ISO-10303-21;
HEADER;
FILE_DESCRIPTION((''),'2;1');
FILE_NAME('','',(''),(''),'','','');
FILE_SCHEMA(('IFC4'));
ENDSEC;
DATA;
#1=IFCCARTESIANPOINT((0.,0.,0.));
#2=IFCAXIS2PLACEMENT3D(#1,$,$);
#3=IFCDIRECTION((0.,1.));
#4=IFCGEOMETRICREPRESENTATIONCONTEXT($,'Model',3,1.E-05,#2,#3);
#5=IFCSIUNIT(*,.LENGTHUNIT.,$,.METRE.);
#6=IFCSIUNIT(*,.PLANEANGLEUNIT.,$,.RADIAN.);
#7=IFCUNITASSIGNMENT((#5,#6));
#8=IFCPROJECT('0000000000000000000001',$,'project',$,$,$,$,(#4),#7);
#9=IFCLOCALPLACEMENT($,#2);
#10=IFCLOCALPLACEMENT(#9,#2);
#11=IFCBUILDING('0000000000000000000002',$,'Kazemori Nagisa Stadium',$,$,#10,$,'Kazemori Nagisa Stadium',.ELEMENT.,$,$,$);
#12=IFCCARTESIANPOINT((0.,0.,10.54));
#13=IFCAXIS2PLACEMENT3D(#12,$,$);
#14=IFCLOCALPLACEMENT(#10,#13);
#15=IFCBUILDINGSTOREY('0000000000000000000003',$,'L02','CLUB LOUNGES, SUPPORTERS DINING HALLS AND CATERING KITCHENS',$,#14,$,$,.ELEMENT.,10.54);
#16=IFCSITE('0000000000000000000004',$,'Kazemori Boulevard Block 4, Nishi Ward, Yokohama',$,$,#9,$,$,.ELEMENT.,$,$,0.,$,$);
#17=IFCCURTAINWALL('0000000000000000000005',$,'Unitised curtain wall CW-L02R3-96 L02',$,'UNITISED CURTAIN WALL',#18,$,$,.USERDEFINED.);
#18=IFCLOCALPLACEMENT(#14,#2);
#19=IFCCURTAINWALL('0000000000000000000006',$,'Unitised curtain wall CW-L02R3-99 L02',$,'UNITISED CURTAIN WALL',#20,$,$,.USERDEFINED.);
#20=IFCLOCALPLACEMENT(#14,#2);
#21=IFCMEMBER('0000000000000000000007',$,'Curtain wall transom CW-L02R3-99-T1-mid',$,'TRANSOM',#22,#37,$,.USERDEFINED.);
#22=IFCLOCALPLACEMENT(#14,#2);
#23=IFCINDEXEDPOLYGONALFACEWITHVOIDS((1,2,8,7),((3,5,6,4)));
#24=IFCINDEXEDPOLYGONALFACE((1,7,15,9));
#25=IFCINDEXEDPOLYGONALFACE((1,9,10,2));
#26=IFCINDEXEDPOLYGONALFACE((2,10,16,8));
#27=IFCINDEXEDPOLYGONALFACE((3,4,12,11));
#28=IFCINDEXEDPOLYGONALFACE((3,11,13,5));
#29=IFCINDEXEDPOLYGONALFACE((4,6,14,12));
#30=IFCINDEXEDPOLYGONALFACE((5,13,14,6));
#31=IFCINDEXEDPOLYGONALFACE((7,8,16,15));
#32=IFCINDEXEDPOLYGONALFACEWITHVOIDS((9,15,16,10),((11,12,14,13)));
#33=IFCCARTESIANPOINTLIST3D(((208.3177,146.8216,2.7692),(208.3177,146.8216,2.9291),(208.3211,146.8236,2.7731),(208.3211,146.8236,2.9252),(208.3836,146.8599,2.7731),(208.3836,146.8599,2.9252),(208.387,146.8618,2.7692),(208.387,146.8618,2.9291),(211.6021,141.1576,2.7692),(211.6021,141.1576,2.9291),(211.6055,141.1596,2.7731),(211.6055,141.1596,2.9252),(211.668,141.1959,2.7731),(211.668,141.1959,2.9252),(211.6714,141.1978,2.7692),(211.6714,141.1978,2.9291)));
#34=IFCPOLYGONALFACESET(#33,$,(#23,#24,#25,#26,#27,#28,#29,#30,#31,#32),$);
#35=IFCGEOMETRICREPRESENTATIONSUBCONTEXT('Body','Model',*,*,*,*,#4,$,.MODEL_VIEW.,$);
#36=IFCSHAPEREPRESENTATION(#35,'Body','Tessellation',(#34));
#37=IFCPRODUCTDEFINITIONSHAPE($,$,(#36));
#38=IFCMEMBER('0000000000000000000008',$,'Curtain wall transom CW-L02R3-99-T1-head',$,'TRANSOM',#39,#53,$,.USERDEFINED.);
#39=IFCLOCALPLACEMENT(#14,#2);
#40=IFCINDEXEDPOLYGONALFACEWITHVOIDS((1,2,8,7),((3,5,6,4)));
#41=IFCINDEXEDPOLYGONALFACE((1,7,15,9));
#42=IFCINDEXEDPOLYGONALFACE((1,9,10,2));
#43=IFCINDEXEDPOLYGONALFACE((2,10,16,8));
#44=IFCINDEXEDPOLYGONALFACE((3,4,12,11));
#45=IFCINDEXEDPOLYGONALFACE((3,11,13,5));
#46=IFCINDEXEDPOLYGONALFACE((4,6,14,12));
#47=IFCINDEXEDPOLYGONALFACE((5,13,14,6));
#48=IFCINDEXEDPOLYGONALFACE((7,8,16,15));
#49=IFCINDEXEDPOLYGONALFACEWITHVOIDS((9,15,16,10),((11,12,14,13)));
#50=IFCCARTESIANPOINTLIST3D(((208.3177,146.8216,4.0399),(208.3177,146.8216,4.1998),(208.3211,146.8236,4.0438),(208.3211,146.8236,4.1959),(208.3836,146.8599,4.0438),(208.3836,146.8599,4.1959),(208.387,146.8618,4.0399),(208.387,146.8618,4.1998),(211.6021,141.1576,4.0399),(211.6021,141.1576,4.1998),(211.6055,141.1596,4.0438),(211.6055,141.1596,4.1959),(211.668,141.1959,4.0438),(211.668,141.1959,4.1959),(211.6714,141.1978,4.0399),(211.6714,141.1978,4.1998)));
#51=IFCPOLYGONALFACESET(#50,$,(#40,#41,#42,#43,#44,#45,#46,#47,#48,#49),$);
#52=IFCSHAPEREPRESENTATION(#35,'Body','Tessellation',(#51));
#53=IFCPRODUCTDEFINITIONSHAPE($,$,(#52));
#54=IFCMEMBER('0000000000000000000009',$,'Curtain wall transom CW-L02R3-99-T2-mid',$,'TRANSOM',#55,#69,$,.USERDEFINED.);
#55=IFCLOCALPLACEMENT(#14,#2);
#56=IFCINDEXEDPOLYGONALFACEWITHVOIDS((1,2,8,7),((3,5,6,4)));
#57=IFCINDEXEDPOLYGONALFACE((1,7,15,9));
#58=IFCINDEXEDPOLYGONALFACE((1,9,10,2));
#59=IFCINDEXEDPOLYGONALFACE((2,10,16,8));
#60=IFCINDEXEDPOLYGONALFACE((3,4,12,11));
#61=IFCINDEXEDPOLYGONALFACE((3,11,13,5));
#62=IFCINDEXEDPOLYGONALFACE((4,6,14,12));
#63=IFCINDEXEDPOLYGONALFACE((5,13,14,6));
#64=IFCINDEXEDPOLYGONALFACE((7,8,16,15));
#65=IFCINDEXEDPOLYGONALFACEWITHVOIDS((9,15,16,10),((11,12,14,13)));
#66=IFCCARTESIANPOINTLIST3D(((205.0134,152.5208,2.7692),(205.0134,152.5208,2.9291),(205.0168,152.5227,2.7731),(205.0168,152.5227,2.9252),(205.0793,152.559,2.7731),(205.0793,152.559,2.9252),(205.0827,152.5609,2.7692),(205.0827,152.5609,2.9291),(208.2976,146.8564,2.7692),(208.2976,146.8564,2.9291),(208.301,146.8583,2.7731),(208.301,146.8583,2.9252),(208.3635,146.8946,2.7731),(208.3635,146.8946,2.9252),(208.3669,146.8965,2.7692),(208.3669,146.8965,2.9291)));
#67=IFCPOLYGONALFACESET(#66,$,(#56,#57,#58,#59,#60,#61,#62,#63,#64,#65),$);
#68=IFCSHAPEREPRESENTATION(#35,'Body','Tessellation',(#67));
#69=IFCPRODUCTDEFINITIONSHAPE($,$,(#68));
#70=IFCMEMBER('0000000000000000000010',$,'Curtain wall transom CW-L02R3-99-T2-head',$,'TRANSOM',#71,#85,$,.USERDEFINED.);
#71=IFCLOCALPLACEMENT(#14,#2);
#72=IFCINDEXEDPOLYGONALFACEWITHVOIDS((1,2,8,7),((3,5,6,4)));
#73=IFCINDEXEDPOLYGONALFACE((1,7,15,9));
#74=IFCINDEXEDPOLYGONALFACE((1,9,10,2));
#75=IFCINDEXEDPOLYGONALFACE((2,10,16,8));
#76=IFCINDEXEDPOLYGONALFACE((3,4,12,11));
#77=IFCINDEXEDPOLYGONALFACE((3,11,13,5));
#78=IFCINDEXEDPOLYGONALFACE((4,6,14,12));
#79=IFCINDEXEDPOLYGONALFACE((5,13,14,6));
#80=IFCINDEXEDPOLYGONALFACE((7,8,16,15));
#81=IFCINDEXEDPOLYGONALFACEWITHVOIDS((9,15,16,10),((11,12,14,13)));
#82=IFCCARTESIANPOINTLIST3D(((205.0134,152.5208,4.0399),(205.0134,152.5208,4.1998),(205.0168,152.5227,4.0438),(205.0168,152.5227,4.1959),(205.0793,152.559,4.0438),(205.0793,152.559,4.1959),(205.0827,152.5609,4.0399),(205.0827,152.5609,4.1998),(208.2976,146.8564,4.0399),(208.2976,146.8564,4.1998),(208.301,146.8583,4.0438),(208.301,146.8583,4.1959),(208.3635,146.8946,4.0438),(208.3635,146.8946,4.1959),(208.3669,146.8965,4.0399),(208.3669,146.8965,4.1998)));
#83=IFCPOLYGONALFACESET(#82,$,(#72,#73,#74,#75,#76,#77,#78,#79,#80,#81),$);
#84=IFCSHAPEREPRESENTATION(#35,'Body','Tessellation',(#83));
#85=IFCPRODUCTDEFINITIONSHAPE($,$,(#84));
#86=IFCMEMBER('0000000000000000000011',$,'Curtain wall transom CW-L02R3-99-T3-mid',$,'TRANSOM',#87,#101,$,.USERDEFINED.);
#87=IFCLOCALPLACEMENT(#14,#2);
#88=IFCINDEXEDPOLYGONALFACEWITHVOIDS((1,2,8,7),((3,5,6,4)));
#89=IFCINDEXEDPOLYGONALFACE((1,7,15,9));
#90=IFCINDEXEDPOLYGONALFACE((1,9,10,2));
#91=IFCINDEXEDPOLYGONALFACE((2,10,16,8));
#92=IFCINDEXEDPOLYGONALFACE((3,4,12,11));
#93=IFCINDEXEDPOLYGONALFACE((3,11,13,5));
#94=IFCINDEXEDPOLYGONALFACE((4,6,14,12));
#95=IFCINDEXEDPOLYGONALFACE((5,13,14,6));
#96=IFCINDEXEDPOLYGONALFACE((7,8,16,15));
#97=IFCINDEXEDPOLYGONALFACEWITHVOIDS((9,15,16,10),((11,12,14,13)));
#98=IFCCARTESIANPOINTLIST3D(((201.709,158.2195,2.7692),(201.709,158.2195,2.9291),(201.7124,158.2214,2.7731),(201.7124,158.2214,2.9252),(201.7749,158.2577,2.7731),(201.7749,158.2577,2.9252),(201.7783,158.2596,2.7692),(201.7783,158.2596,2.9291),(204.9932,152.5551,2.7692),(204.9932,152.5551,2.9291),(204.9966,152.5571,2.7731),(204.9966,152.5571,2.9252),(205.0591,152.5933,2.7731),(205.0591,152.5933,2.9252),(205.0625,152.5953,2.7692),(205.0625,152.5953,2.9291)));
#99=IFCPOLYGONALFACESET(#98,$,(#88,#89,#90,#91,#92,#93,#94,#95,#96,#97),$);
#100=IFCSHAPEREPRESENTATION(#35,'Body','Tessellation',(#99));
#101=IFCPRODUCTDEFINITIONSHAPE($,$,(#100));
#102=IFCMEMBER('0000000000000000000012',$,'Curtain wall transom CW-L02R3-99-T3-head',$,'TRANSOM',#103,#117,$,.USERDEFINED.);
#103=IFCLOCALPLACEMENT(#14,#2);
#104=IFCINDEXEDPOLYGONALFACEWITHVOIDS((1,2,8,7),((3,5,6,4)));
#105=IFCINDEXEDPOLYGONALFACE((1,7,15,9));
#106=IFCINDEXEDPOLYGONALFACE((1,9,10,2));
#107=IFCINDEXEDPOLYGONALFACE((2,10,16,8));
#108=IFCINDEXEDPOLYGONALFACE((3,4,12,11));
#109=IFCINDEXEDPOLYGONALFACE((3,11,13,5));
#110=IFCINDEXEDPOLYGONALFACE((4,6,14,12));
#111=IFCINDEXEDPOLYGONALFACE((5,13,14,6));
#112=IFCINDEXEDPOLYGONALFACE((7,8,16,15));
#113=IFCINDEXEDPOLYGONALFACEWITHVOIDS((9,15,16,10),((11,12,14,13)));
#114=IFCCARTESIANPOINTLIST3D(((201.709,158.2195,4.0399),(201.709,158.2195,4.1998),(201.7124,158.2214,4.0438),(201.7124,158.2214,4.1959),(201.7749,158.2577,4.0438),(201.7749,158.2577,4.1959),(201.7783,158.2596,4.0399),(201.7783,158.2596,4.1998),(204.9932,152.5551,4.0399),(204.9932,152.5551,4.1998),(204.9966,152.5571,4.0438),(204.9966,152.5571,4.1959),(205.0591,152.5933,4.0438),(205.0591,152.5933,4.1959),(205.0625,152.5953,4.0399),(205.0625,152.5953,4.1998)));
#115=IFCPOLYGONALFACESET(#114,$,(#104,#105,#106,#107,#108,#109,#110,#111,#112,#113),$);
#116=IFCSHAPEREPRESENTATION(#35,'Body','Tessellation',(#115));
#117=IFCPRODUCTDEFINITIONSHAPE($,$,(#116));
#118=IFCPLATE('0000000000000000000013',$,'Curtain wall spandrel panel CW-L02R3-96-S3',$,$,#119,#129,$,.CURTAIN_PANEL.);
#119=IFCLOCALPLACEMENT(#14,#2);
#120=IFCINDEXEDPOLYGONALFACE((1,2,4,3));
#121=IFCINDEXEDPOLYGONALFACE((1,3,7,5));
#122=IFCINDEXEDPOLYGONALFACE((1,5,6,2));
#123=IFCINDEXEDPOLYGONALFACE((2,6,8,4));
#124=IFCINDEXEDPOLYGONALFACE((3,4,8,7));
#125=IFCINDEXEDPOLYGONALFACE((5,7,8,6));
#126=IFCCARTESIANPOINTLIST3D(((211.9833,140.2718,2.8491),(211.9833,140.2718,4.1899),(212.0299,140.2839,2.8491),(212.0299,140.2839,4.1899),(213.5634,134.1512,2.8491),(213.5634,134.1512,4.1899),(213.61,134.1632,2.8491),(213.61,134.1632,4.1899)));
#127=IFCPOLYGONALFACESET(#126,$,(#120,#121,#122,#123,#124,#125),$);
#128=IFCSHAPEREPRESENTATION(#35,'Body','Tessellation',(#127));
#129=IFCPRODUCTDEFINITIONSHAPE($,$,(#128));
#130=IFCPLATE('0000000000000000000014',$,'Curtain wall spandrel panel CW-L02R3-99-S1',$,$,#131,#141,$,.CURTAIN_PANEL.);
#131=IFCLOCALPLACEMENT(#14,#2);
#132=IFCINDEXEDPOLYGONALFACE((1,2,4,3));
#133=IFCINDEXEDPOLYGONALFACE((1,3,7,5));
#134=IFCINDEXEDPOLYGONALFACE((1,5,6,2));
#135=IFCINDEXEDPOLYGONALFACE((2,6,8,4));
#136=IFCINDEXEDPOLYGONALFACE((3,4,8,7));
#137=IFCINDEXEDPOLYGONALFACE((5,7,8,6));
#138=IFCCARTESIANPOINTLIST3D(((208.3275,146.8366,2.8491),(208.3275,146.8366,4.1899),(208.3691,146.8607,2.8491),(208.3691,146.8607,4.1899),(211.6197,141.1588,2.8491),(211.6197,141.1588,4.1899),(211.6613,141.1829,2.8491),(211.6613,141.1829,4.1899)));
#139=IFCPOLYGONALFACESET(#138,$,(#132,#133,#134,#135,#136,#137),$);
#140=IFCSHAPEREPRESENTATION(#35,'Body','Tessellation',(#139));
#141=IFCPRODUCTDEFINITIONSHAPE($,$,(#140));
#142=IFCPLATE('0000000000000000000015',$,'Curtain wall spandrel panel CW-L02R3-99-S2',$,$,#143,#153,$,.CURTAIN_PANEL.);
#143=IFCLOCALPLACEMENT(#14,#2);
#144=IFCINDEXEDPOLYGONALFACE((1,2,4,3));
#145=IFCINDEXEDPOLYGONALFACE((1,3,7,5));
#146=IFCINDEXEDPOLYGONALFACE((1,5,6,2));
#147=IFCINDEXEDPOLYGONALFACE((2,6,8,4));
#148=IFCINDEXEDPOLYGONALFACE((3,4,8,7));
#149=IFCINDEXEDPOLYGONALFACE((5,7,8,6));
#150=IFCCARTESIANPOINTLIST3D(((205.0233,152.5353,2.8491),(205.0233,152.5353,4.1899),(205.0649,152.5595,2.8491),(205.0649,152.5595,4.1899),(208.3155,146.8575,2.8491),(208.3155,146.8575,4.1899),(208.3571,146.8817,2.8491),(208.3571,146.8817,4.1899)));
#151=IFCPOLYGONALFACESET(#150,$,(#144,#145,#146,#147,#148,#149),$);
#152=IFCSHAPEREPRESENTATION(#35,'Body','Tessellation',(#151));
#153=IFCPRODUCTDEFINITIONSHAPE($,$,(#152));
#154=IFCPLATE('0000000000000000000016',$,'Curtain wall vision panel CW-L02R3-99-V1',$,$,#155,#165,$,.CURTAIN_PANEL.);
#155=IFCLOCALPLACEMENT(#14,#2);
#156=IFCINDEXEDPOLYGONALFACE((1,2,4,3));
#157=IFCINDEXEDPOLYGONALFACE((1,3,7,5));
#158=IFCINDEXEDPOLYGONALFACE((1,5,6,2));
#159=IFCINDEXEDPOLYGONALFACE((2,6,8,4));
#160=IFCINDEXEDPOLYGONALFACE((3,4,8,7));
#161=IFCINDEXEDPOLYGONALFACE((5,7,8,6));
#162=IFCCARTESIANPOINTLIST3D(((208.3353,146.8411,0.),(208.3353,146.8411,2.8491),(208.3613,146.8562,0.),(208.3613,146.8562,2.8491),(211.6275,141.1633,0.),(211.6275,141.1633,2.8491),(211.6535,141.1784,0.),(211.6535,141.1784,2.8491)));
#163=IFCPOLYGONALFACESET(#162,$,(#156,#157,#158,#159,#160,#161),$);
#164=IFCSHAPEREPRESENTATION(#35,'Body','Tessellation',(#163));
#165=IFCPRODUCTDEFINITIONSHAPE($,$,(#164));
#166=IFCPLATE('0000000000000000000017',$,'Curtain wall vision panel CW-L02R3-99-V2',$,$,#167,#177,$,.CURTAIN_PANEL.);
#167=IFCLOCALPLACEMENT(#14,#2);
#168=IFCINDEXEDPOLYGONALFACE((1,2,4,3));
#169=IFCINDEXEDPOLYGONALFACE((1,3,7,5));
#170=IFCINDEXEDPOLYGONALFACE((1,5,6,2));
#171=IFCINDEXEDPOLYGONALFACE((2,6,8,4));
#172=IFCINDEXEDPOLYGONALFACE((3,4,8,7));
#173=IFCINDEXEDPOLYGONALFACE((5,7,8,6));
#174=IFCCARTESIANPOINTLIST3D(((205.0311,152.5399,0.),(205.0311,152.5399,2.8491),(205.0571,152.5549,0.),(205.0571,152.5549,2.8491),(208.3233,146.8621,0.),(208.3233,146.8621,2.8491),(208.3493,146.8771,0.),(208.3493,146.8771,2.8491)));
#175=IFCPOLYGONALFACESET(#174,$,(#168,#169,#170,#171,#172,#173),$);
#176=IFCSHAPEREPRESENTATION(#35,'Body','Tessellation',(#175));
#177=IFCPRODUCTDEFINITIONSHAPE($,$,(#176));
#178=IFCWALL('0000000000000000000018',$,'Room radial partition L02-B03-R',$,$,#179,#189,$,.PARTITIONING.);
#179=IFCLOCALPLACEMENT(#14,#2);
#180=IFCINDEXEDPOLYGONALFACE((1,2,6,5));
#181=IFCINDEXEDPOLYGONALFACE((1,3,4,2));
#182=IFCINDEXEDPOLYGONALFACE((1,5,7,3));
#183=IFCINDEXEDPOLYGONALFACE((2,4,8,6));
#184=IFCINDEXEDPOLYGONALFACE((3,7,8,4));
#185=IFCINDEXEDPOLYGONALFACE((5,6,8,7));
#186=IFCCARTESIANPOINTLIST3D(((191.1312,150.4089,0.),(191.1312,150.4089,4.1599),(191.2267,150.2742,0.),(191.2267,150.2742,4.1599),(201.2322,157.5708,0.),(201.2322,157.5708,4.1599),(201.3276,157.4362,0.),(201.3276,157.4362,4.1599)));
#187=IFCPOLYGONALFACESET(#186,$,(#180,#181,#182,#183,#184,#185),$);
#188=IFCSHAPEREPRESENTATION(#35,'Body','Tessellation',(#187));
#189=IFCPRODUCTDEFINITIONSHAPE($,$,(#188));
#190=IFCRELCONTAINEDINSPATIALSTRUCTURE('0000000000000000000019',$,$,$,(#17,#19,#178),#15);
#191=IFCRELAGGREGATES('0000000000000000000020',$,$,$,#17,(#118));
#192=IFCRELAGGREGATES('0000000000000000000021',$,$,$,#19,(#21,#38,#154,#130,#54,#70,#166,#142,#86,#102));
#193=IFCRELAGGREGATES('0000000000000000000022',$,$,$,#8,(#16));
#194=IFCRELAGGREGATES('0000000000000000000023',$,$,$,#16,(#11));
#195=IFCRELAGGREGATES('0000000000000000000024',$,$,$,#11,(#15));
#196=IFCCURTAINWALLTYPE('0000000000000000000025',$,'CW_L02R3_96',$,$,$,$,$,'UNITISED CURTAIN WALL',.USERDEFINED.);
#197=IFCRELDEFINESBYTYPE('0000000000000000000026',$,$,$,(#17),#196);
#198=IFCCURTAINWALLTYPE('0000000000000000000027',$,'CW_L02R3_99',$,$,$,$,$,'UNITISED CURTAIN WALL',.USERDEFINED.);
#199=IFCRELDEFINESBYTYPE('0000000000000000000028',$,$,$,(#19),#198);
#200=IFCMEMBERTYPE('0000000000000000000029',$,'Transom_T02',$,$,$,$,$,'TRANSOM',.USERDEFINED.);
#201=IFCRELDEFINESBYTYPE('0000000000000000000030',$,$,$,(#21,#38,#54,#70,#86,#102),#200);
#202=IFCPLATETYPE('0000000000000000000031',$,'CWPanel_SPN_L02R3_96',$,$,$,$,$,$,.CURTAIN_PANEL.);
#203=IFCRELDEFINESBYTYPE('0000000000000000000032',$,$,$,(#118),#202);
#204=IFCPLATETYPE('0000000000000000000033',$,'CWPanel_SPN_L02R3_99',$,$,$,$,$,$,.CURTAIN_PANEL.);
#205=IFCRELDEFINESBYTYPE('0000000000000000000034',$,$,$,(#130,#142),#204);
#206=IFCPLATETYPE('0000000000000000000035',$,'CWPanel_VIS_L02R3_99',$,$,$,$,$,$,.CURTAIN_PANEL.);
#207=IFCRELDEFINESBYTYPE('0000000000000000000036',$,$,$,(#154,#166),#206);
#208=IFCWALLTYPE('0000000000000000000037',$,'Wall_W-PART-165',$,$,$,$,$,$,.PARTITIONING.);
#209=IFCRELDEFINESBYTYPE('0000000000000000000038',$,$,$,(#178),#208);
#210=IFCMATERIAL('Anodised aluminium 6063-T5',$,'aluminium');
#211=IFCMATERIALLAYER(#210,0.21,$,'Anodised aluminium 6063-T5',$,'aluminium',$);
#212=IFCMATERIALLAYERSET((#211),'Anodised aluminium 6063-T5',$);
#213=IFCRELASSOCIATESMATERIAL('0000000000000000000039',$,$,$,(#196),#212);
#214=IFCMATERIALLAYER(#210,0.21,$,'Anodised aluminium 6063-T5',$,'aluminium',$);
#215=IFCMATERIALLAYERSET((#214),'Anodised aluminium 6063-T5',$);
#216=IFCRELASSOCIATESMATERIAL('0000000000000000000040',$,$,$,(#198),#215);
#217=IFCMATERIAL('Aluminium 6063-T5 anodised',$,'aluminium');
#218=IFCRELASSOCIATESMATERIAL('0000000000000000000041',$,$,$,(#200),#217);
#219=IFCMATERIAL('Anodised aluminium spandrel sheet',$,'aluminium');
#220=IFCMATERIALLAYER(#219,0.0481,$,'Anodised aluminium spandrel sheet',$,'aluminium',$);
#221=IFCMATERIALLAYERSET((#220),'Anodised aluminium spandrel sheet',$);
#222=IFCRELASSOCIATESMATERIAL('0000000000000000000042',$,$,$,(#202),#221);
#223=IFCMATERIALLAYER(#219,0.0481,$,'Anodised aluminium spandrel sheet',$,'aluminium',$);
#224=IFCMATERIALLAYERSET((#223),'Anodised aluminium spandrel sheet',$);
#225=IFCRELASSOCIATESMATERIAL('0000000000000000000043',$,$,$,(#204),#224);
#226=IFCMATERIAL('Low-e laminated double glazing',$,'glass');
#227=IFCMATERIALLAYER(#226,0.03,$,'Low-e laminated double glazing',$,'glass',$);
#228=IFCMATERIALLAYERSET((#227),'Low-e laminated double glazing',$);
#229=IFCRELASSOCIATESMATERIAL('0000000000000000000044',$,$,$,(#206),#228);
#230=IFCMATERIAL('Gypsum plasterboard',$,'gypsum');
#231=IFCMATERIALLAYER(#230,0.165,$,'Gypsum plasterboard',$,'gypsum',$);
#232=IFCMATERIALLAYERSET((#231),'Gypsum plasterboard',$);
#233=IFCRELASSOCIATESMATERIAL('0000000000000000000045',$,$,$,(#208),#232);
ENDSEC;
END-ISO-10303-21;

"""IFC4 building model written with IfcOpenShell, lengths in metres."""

from ifc_helpers import new_model, si_unit, direction, frame, frame_2d, origin, origin_2d, place, context, subcontext, project, spatial, rectangle, hollow_rectangle, extrude, material, layer, layer_set, material_profile, profile_set, type_object, element, aggregate, save


model = new_model("IFC4")

# Units and contexts
model_context = context("Model", 3, precision=1e-05, world=origin(), true_north=direction((0.0, 1.0)))
body_context = subcontext(model_context, "Body", "Model", "MODEL_VIEW")
ifc_project = project(units=[si_unit("LENGTHUNIT", "METRE"), si_unit("PLANEANGLEUNIT", "RADIAN")], contexts=[model_context])

# Site, building, storey
site_placement = place(None, origin())
site = spatial("IfcSite", under=ifc_project, at=site_placement, Name="Kazemori Boulevard Block 4, Nishi Ward, Yokohama", CompositionType="ELEMENT", RefElevation=0.0)
building_placement = place(site_placement, origin())
building = spatial("IfcBuilding", under=site, at=building_placement, Name="Kazemori Nagisa Stadium", LongName="Kazemori Nagisa Stadium", CompositionType="ELEMENT")
storey_placement = place(building_placement, frame((0.0, 0.0, 10.54)))
storey = spatial("IfcBuildingStorey", under=building, at=storey_placement, Name="L02", Description="CLUB LOUNGES, SUPPORTERS DINING HALLS AND CATERING KITCHENS", CompositionType="ELEMENT", Elevation=10.54)

# Curtain wall
ifc_material_1 = material(Name="Anodised aluminium 6063-T5", Category="aluminium")
ifc_layer_1 = layer(ifc_material_1, 0.21, Name="Anodised aluminium 6063-T5", Category="aluminium")
ifc_layer_set_1 = layer_set([ifc_layer_1], Name="Anodised aluminium 6063-T5")
curtain_wall_type_1 = type_object("IfcCurtainWallType", Name="CW_L02R3_96", ElementType="UNITISED CURTAIN WALL", PredefinedType="USERDEFINED", material=ifc_layer_set_1)
curtain_wall_1_placement = place(storey_placement, origin())
curtain_wall_1 = element("IfcCurtainWall", 1, at=curtain_wall_1_placement, inside=storey, type_object=curtain_wall_type_1, Name="Unitised curtain wall CW-L02R3-96 L02", ObjectType="UNITISED CURTAIN WALL", PredefinedType="USERDEFINED")
ifc_material_2 = material(Name="Aluminium 6063-T5 anodised", Category="aluminium")

# Curtain wall, members
ifc_layer_2 = layer(ifc_material_1, 0.21, Name="Anodised aluminium 6063-T5", Category="aluminium")
ifc_layer_set_2 = layer_set([ifc_layer_2], Name="Anodised aluminium 6063-T5")
curtain_wall_type_2 = type_object("IfcCurtainWallType", Name="CW_L02R3_99", ElementType="UNITISED CURTAIN WALL", PredefinedType="USERDEFINED", material=ifc_layer_set_2)
curtain_wall_2_placement = place(storey_placement, origin())
curtain_wall_2 = element("IfcCurtainWall", 2, at=curtain_wall_2_placement, inside=storey, type_object=curtain_wall_type_2, Name="Unitised curtain wall CW-L02R3-99 L02", ObjectType="UNITISED CURTAIN WALL", PredefinedType="USERDEFINED")
ifc_material_profile_1 = material_profile(ifc_material_2, hollow_rectangle(XDim=0.0801, YDim=0.1599, WallThickness=0.0039, at=origin_2d()), Name="ALU-TRAN-80x160x4")
ifc_profile_set_1 = profile_set([ifc_material_profile_1], Name="Aluminium 6063-T5 anodised")
member_type_1 = type_object("IfcMemberType", Name="Transom_T02", ElementType="TRANSOM", PredefinedType="USERDEFINED", material=ifc_profile_set_1)
member_1_placement = place(storey_placement, frame((211.6367, 141.1777, 2.8491), z_axis=(-0.501634, 0.86508, 0.0), x_axis=(-0.86508, -0.501634, 0.0)))
member_1 = element("IfcMember", 3, at=member_1_placement, type_object=member_type_1, Name="Curtain wall transom CW-L02R3-99-T1-mid", ObjectType="TRANSOM", PredefinedType="USERDEFINED", context=body_context, shape_type="SweptSolid", body=[
    extrude(hollow_rectangle(XDim=0.0801, YDim=0.1599, WallThickness=0.0039, at=origin_2d()), origin(), (0.0, 0.0, 1.0), 6.5474),
])
member_2_placement = place(storey_placement, frame((211.6367, 141.1777, 4.1199), z_axis=(-0.501634, 0.86508, 0.0), x_axis=(-0.86508, -0.501634, 0.0)))
member_2 = element("IfcMember", 4, at=member_2_placement, type_object=member_type_1, Name="Curtain wall transom CW-L02R3-99-T1-head", ObjectType="TRANSOM", PredefinedType="USERDEFINED", context=body_context, shape_type="SweptSolid", body=[
    extrude(hollow_rectangle(XDim=0.0801, YDim=0.1599, WallThickness=0.0039, at=origin_2d()), origin(), (0.0, 0.0, 1.0), 6.5474),
])
member_3_placement = place(storey_placement, frame((208.3323, 146.8765, 2.8491), z_axis=(-0.50159, 0.865105, 0.0), x_axis=(-0.865105, -0.50159, 0.0)))
member_3 = element("IfcMember", 5, at=member_3_placement, type_object=member_type_1, Name="Curtain wall transom CW-L02R3-99-T2-mid", ObjectType="TRANSOM", PredefinedType="USERDEFINED", context=body_context, shape_type="SweptSolid", body=[
    extrude(hollow_rectangle(XDim=0.0801, YDim=0.1599, WallThickness=0.0039, at=origin_2d()), origin(), (0.0, 0.0, 1.0), 6.5476),
])
member_4_placement = place(storey_placement, frame((208.3323, 146.8765, 4.1199), z_axis=(-0.50159, 0.865105, 0.0), x_axis=(-0.865105, -0.50159, 0.0)))
member_4 = element("IfcMember", 6, at=member_4_placement, type_object=member_type_1, Name="Curtain wall transom CW-L02R3-99-T2-head", ObjectType="TRANSOM", PredefinedType="USERDEFINED", context=body_context, shape_type="SweptSolid", body=[
    extrude(hollow_rectangle(XDim=0.0801, YDim=0.1599, WallThickness=0.0039, at=origin_2d()), origin(), (0.0, 0.0, 1.0), 6.5476),
])
member_5_placement = place(storey_placement, frame((205.0278, 152.5752, 2.8491), z_axis=(-0.50159, 0.865105, 0.0), x_axis=(-0.865105, -0.50159, 0.0)))
member_5 = element("IfcMember", 7, at=member_5_placement, type_object=member_type_1, Name="Curtain wall transom CW-L02R3-99-T3-mid", ObjectType="TRANSOM", PredefinedType="USERDEFINED", context=body_context, shape_type="SweptSolid", body=[
    extrude(hollow_rectangle(XDim=0.0801, YDim=0.1599, WallThickness=0.0039, at=origin_2d()), origin(), (0.0, 0.0, 1.0), 6.5476),
])
member_6_placement = place(storey_placement, frame((205.0278, 152.5752, 4.1199), z_axis=(-0.50159, 0.865105, 0.0), x_axis=(-0.865105, -0.50159, 0.0)))
member_6 = element("IfcMember", 8, at=member_6_placement, type_object=member_type_1, Name="Curtain wall transom CW-L02R3-99-T3-head", ObjectType="TRANSOM", PredefinedType="USERDEFINED", context=body_context, shape_type="SweptSolid", body=[
    extrude(hollow_rectangle(XDim=0.0801, YDim=0.1599, WallThickness=0.0039, at=origin_2d()), origin(), (0.0, 0.0, 1.0), 6.5476),
])

# Plates
ifc_material_3 = material(Name="Anodised aluminium spandrel sheet", Category="aluminium")
ifc_layer_3 = layer(ifc_material_3, 0.0481, Name="Anodised aluminium spandrel sheet", Category="aluminium")
ifc_layer_set_3 = layer_set([ifc_layer_3], Name="Anodised aluminium spandrel sheet")
plate_type_1 = type_object("IfcPlateType", Name="CWPanel_SPN_L02R3_96", PredefinedType="CURTAIN_PANEL", material=ifc_layer_set_3)
plate_1_placement = place(storey_placement, frame((212.7966, 137.2175, 2.8491), z_axis=(0.0, 0.0, 1.0), x_axis=(-0.249965, 0.968255, 0.0)))
plate_1 = element("IfcPlate", 9, at=plate_1_placement, type_object=plate_type_1, Name="Curtain wall spandrel panel CW-L02R3-96-S3", PredefinedType="CURTAIN_PANEL", context=body_context, shape_type="SweptSolid", body=[
    extrude(rectangle(XDim=6.3213, YDim=0.0481, at=origin_2d()), origin(), (0.0, 0.0, 1.0), 1.3408),
])
aggregate(curtain_wall_1, [plate_1])
ifc_layer_4 = layer(ifc_material_3, 0.0481, Name="Anodised aluminium spandrel sheet", Category="aluminium")
ifc_layer_set_4 = layer_set([ifc_layer_4], Name="Anodised aluminium spandrel sheet")
plate_type_2 = type_object("IfcPlateType", Name="CWPanel_SPN_L02R3_99", PredefinedType="CURTAIN_PANEL", material=ifc_layer_set_4)
plate_2_placement = place(storey_placement, frame((209.9944, 144.0098, 2.8491), z_axis=(0.0, 0.0, 1.0), x_axis=(-0.501612, 0.865093, 0.0)))
plate_2 = element("IfcPlate", 10, at=plate_2_placement, type_object=plate_type_2, Name="Curtain wall spandrel panel CW-L02R3-99-S1", PredefinedType="CURTAIN_PANEL", context=body_context, shape_type="SweptSolid", body=[
    extrude(rectangle(XDim=6.5632, YDim=0.0481, at=origin_2d()), origin(), (0.0, 0.0, 1.0), 1.3408),
])
plate_3_placement = place(storey_placement, frame((206.6902, 149.7085, 2.8491), z_axis=(0.0, 0.0, 1.0), x_axis=(-0.501612, 0.865093, 0.0)))
plate_3 = element("IfcPlate", 11, at=plate_3_placement, type_object=plate_type_2, Name="Curtain wall spandrel panel CW-L02R3-99-S2", PredefinedType="CURTAIN_PANEL", context=body_context, shape_type="SweptSolid", body=[
    extrude(rectangle(XDim=6.5632, YDim=0.0481, at=origin_2d()), origin(), (0.0, 0.0, 1.0), 1.3408),
])
ifc_material_4 = material(Name="Low-e laminated double glazing", Category="glass")
ifc_layer_5 = layer(ifc_material_4, 0.03, Name="Low-e laminated double glazing", Category="glass")
ifc_layer_set_5 = layer_set([ifc_layer_5], Name="Low-e laminated double glazing")
plate_type_3 = type_object("IfcPlateType", Name="CWPanel_VIS_L02R3_99", PredefinedType="CURTAIN_PANEL", material=ifc_layer_set_5)
plate_4_placement = place(storey_placement, frame((209.9944, 144.0098, 0.0), z_axis=(0.0, 0.0, 1.0), x_axis=(-0.501612, 0.865093, 0.0)))
plate_4 = element("IfcPlate", 12, at=plate_4_placement, type_object=plate_type_3, Name="Curtain wall vision panel CW-L02R3-99-V1", PredefinedType="CURTAIN_PANEL", context=body_context, shape_type="SweptSolid", body=[
    extrude(rectangle(XDim=6.5632, YDim=0.03, at=origin_2d()), origin(), (0.0, 0.0, 1.0), 2.8491),
])
plate_5_placement = place(storey_placement, frame((206.6902, 149.7085, 0.0), z_axis=(0.0, 0.0, 1.0), x_axis=(-0.501612, 0.865093, 0.0)))
plate_5 = element("IfcPlate", 13, at=plate_5_placement, type_object=plate_type_3, Name="Curtain wall vision panel CW-L02R3-99-V2", PredefinedType="CURTAIN_PANEL", context=body_context, shape_type="SweptSolid", body=[
    extrude(rectangle(XDim=6.5632, YDim=0.03, at=origin_2d()), origin(), (0.0, 0.0, 1.0), 2.8491),
])
aggregate(curtain_wall_2, [member_1, member_2, plate_4, plate_2, member_3, member_4, plate_5, plate_3, member_5, member_6])

# Wall
ifc_material_5 = material(Name="Gypsum plasterboard", Category="gypsum")
ifc_layer_6 = layer(ifc_material_5, 0.165, Name="Gypsum plasterboard", Category="gypsum")
ifc_layer_set_6 = layer_set([ifc_layer_6], Name="Gypsum plasterboard")
wall_type = type_object("IfcWallType", Name="Wall_W-PART-165", PredefinedType="PARTITIONING", material=ifc_layer_set_6)
wall_placement = place(storey_placement, frame((191.179, 150.3416, 0.0), z_axis=(0.0, 0.0, 1.0), x_axis=(0.815754, 0.5784, 0.0)))
element("IfcWall", 14, at=wall_placement, inside=storey, type_object=wall_type, Name="Room radial partition L02-B03-R", PredefinedType="PARTITIONING", context=body_context, shape_type="SweptSolid", body=[
    extrude(rectangle(XDim=12.3823, YDim=0.165, at=frame_2d((6.1912, 0.0))), origin(), (0.0, 0.0, 1.0), 4.1599),
])

save(model, "model.ifc")
